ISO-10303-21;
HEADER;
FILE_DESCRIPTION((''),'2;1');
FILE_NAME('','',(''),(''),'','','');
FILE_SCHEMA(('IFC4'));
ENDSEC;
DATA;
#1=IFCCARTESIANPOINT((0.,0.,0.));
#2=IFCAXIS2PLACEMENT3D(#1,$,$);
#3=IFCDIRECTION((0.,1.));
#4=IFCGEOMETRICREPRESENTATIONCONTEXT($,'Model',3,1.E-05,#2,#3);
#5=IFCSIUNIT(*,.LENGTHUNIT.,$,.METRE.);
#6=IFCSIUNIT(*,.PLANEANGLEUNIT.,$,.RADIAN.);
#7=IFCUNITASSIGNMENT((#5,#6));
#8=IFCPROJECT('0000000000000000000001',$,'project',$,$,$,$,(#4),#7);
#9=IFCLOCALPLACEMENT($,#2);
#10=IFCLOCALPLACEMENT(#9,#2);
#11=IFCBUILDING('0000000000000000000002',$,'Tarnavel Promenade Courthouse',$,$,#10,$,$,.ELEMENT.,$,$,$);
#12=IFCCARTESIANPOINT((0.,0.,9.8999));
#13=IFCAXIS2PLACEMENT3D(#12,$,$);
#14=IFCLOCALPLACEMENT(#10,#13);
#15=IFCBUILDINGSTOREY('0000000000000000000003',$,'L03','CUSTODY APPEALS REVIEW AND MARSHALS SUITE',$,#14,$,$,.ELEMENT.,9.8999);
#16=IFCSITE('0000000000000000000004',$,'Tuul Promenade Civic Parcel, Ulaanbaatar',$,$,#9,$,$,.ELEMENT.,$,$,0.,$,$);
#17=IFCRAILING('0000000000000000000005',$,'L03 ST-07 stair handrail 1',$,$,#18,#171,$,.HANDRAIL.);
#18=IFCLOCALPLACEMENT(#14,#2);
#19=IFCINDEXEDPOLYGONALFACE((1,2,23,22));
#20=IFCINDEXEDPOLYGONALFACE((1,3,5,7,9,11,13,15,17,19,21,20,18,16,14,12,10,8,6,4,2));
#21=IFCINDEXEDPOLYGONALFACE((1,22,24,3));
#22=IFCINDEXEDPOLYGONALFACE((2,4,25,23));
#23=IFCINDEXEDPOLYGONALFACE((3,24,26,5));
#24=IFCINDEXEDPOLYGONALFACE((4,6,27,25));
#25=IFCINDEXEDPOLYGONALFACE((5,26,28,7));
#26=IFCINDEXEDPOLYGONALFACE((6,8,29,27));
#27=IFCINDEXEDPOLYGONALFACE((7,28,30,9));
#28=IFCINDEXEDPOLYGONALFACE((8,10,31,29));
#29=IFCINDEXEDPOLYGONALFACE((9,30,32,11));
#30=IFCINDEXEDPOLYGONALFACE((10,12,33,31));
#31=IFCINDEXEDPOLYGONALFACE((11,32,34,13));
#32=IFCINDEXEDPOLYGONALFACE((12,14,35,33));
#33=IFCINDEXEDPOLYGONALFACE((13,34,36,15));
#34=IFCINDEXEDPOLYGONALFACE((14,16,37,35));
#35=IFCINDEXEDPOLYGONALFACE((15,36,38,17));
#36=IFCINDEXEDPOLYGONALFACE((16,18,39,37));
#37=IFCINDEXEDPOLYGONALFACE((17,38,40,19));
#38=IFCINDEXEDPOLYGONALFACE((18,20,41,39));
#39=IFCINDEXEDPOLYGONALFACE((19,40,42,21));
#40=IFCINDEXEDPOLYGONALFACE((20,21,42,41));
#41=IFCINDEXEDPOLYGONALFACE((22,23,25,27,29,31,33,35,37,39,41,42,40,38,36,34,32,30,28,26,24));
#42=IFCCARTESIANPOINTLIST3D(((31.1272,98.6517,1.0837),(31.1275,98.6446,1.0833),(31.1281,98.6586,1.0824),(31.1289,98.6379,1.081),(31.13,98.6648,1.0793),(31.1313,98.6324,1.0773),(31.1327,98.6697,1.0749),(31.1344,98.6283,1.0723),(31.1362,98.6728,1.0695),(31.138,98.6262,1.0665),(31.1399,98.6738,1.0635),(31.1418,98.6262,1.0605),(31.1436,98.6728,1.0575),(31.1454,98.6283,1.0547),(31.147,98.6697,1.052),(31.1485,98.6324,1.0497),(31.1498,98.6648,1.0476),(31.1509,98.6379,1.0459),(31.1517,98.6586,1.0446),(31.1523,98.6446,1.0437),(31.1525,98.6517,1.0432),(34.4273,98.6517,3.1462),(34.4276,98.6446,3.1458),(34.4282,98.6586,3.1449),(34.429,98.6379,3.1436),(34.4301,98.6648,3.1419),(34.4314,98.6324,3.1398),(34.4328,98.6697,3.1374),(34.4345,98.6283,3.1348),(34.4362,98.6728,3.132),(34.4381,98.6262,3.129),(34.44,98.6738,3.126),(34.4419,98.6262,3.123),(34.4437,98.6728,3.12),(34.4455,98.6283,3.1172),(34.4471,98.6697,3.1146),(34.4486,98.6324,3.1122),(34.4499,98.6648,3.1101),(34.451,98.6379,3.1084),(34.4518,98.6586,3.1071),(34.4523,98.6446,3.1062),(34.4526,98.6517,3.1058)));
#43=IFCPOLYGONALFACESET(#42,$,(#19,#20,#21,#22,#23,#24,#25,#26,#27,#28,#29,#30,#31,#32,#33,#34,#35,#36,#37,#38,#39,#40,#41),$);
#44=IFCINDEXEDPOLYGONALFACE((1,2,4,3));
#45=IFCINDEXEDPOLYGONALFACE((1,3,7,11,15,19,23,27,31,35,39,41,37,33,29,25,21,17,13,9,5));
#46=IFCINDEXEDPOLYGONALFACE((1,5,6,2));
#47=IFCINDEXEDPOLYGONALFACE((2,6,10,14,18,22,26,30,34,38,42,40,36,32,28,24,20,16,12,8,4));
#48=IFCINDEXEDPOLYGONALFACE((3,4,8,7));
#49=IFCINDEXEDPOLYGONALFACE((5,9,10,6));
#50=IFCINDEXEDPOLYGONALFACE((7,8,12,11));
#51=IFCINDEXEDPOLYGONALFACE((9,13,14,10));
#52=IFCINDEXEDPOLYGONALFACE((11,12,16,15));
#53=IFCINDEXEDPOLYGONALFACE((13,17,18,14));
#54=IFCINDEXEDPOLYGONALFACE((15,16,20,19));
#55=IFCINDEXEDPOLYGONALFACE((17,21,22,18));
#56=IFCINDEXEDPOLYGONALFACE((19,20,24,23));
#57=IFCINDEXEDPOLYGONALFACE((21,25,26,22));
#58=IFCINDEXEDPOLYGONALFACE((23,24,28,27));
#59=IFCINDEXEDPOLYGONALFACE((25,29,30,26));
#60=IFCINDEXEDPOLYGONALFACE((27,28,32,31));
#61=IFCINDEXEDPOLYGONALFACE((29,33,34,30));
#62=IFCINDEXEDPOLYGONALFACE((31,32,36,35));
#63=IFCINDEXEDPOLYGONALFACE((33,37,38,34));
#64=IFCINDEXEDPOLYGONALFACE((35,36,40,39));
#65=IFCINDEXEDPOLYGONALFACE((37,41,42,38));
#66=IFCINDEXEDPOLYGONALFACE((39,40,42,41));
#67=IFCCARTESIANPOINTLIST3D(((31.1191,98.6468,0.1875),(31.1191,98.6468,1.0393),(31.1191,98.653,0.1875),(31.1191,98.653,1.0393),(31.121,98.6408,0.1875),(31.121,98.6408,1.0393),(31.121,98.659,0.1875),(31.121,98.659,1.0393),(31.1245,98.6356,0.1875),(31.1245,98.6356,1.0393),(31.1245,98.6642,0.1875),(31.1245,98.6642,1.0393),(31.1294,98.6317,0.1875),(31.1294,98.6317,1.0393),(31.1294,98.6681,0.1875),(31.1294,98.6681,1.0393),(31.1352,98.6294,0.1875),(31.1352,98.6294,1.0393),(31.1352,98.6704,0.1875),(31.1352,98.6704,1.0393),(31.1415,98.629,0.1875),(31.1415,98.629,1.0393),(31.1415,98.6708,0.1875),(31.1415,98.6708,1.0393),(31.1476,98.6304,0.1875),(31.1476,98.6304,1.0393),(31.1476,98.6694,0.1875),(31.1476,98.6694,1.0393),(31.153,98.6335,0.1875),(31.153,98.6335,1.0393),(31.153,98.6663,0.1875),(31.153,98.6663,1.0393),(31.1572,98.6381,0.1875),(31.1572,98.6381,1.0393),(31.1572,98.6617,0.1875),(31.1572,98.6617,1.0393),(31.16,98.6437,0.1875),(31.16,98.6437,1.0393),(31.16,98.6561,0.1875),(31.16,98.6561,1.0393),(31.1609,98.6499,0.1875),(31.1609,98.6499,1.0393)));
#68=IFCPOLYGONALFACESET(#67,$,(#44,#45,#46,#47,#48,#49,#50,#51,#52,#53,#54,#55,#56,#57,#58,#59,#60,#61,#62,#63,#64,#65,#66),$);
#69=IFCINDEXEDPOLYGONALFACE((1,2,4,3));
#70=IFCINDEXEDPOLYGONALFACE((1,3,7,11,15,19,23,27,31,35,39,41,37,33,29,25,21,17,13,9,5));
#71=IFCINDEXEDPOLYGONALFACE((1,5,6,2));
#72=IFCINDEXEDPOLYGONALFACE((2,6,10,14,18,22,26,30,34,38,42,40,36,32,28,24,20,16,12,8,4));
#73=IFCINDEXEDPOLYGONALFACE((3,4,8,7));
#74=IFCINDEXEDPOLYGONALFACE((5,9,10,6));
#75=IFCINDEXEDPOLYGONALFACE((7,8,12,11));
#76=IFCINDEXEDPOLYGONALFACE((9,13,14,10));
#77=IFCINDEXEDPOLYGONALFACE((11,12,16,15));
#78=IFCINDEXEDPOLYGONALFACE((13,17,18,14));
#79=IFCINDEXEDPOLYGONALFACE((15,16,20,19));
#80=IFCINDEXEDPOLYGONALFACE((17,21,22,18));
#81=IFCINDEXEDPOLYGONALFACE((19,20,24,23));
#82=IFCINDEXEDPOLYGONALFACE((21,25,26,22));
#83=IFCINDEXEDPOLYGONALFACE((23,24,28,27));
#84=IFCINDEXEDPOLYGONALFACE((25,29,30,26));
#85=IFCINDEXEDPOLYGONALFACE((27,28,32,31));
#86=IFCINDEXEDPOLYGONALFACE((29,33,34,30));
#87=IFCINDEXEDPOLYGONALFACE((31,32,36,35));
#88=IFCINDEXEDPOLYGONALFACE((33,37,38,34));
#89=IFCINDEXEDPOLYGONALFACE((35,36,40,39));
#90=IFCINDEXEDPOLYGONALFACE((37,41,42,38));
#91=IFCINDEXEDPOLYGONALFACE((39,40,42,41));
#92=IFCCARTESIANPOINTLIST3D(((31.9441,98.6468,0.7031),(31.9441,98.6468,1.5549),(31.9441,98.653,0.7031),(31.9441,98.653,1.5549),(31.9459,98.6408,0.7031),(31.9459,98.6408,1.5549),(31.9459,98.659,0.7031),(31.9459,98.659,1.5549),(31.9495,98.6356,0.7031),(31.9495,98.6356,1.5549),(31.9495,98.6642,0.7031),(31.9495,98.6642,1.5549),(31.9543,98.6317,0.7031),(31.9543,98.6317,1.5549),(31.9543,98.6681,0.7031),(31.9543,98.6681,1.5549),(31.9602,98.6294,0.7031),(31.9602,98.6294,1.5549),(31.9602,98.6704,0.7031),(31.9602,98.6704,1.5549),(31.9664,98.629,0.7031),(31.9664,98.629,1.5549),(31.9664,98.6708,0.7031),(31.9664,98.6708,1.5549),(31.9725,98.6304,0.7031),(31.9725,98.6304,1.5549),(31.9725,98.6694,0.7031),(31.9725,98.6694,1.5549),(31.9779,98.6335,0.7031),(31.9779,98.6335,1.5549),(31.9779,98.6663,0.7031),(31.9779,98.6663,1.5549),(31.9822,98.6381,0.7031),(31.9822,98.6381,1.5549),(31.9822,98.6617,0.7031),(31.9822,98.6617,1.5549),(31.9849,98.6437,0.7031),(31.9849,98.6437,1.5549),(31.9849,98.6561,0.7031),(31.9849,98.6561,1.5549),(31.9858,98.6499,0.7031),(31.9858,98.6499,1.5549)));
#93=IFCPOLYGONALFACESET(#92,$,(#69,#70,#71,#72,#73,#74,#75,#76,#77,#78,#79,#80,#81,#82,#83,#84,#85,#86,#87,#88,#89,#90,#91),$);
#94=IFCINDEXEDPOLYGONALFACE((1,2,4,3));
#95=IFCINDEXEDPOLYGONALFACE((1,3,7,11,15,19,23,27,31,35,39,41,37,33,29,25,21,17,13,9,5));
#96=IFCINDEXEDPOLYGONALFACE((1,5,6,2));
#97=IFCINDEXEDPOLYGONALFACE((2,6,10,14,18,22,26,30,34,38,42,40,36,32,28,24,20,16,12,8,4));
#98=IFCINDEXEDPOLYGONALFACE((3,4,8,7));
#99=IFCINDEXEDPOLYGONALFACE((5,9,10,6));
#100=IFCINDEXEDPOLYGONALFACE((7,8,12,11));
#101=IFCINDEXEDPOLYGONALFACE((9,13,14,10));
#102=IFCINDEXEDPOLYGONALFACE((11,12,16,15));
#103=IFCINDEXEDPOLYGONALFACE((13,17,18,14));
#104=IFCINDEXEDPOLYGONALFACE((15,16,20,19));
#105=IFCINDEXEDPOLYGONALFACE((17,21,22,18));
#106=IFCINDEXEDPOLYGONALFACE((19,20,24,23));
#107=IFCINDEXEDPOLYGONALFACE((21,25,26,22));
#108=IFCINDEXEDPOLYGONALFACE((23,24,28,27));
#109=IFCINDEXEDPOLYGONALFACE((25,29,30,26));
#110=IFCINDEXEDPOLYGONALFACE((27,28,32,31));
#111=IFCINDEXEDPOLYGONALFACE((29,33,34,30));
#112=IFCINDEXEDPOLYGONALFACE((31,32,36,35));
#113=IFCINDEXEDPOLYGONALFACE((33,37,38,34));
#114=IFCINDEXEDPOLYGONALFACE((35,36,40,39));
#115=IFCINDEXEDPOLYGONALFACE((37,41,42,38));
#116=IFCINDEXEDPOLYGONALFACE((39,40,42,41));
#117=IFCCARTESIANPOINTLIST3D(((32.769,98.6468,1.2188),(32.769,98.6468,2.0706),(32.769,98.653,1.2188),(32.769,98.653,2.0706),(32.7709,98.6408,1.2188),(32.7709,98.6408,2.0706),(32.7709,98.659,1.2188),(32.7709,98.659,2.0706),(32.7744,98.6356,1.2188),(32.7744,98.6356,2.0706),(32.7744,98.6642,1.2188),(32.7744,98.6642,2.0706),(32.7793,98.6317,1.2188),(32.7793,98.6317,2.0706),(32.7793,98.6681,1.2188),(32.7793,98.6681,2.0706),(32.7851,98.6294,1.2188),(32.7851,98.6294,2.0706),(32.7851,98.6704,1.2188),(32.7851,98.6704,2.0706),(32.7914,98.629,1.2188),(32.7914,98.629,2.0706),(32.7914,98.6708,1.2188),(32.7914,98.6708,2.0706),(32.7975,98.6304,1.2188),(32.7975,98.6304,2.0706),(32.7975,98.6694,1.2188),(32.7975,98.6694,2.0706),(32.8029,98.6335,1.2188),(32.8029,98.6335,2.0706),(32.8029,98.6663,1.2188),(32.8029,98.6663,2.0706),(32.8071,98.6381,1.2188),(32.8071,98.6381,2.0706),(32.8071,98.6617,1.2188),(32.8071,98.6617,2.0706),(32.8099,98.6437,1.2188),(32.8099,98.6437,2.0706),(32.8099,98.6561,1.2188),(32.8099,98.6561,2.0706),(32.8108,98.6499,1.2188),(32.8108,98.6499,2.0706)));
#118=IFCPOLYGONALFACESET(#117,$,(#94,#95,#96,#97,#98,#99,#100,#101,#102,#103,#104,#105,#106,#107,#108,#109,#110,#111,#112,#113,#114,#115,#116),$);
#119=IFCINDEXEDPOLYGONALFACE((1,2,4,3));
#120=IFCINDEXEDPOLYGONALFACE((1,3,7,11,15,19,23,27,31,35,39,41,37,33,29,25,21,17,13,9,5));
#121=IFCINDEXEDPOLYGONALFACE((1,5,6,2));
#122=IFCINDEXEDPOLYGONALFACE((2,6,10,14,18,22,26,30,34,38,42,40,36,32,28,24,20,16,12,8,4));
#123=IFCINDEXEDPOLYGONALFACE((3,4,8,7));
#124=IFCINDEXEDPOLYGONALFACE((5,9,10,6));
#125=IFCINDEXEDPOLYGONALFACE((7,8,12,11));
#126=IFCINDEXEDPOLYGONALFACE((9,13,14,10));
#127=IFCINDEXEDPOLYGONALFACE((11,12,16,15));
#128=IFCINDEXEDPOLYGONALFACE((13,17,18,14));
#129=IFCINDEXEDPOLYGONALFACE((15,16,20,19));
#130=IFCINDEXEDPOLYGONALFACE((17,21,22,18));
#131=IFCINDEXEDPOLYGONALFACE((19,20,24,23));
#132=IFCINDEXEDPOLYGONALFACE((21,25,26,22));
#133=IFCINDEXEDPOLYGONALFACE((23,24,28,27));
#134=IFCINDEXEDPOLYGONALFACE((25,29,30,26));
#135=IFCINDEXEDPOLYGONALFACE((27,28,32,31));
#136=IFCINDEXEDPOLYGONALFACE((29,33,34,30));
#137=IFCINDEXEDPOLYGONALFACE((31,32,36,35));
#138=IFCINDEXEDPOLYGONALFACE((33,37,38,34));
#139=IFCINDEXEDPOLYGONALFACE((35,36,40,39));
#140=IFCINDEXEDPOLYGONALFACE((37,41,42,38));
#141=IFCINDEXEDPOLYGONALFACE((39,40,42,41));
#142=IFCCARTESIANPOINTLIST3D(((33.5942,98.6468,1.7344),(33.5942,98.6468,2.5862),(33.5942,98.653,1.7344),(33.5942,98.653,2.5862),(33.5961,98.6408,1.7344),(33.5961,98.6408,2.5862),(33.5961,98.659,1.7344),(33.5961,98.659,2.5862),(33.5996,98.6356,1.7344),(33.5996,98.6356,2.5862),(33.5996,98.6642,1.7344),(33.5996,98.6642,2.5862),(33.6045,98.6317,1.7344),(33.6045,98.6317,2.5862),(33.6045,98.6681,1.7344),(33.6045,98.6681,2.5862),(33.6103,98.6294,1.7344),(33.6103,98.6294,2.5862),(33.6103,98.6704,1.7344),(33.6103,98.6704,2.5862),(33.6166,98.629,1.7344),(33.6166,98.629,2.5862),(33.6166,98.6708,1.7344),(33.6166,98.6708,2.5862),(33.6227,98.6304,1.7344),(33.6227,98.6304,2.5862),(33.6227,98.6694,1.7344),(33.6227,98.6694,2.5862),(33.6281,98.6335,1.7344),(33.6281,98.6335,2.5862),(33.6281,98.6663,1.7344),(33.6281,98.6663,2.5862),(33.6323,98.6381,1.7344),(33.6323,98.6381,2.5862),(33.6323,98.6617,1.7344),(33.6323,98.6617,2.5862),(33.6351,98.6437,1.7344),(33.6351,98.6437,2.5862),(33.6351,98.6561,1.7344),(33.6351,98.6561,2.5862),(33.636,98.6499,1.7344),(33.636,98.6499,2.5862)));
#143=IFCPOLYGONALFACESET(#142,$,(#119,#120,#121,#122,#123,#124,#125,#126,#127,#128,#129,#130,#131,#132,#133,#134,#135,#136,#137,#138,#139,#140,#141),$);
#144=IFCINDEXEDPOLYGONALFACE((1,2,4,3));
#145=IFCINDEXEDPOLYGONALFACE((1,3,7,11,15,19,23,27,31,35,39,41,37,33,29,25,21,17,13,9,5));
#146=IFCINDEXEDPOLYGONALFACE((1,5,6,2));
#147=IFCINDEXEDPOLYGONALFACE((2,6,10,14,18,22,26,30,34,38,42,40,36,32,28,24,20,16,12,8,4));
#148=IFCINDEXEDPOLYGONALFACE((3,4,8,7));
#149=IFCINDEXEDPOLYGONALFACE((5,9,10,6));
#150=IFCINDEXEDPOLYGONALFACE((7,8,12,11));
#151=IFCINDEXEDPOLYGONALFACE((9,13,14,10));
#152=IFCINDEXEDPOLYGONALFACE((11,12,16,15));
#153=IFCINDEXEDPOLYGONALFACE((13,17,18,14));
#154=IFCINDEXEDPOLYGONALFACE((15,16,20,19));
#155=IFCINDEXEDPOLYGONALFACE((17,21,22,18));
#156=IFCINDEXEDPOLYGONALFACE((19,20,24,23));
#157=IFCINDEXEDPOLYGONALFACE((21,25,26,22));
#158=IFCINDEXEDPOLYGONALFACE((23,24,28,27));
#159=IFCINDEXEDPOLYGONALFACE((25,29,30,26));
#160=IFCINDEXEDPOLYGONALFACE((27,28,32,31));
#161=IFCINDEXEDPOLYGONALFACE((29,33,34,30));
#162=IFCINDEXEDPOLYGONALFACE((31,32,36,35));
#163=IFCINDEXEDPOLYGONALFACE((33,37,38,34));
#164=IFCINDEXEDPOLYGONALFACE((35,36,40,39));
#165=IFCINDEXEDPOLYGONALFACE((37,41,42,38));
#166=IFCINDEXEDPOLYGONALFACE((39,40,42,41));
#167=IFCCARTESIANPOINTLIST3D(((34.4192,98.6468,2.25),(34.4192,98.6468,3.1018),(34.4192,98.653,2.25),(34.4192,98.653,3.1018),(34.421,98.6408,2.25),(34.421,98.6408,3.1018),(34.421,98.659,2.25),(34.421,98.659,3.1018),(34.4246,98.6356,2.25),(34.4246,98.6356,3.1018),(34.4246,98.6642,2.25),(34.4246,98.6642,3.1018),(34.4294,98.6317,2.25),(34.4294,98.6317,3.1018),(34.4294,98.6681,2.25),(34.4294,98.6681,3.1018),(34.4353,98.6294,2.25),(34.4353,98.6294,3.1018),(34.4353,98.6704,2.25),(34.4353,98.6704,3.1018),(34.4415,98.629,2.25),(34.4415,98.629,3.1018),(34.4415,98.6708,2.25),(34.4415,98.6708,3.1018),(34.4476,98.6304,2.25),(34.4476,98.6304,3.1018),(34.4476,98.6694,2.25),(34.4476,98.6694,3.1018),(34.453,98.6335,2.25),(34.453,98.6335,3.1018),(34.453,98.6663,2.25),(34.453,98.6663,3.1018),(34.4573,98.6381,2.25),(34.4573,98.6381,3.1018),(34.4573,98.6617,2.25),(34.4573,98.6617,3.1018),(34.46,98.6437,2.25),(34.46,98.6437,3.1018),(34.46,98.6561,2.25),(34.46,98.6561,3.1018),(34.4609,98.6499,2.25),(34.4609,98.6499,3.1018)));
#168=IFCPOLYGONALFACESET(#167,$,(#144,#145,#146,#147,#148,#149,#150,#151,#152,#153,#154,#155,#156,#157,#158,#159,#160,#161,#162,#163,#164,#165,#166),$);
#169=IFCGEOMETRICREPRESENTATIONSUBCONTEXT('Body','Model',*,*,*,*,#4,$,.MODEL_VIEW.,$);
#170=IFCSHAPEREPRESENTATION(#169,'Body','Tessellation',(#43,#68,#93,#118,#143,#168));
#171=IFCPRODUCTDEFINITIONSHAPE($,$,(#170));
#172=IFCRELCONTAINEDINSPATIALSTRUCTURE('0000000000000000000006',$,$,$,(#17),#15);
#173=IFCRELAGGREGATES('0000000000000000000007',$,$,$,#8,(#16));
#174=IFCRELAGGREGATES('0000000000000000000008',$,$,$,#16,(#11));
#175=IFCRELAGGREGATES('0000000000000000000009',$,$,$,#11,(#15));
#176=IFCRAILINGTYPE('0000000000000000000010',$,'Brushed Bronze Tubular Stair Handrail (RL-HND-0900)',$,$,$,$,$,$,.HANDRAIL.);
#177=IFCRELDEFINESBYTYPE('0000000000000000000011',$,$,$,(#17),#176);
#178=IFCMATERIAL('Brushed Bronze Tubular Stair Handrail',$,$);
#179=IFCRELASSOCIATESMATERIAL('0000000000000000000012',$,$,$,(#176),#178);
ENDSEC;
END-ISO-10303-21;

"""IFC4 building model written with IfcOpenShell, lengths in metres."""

from ifc_helpers import new_model, si_unit, direction, frame, origin, origin_2d, place, context, subcontext, project, spatial, circle, extrude, material, type_object, element, save


model = new_model("IFC4")

# Units and contexts
model_context = context("Model", 3, precision=1e-05, world=origin(), true_north=direction((0.0, 1.0)))
body_context = subcontext(model_context, "Body", "Model", "MODEL_VIEW")
ifc_project = project(units=[si_unit("LENGTHUNIT", "METRE"), si_unit("PLANEANGLEUNIT", "RADIAN")], contexts=[model_context])

# Site, building, storey
site_placement = place(None, origin())
site = spatial("IfcSite", under=ifc_project, at=site_placement, Name="Tuul Promenade Civic Parcel, Ulaanbaatar", CompositionType="ELEMENT", RefElevation=0.0)
building_placement = place(site_placement, origin())
building = spatial("IfcBuilding", under=site, at=building_placement, Name="Tarnavel Promenade Courthouse", CompositionType="ELEMENT")
storey_placement = place(building_placement, frame((0.0, 0.0, 9.8999)))
storey = spatial("IfcBuildingStorey", under=building, at=storey_placement, Name="L03", Description="CUSTODY APPEALS REVIEW AND MARSHALS SUITE", CompositionType="ELEMENT", Elevation=9.8999)

# Railing
ifc_material_1 = material(Name="Brushed Bronze Tubular Stair Handrail")
railing_type_1 = type_object("IfcRailingType", Name="Brushed Bronze Tubular Stair Handrail (RL-HND-0900)", PredefinedType="HANDRAIL", material=ifc_material_1)
railing_1_placement = place(storey_placement, frame((31.1399, 98.6499, 0.1875)))
element("IfcRailing", 1, at=railing_1_placement, inside=storey, type_object=railing_type_1, Name="L03 ST-07 stair handrail 1", PredefinedType="HANDRAIL", context=body_context, shape_type="SweptSolid", body=[
    extrude(circle(Radius=0.0239, at=origin_2d()), frame((0.0, 0.0, 0.876), z_axis=(0.848002, 0.0, 0.529993), x_axis=(0.0, 1.0, 0.0)), (0.0, 0.0, 1.0), 3.8916),
    extrude(circle(Radius=0.021, at=origin_2d()), origin(), (0.0, 0.0, 1.0), 0.8518),
    extrude(circle(Radius=0.021, at=origin_2d()), frame((0.825, 0.0, 0.5156)), (0.0, 0.0, 1.0), 0.8518),
    extrude(circle(Radius=0.021, at=origin_2d()), frame((1.6499, 0.0, 1.0312)), (0.0, 0.0, 1.0), 0.8518),
    extrude(circle(Radius=0.021, at=origin_2d()), frame((2.4751, 0.0, 1.5469)), (0.0, 0.0, 1.0), 0.8518),
    extrude(circle(Radius=0.021, at=origin_2d()), frame((3.3, 0.0, 2.0625)), (0.0, 0.0, 1.0), 0.8518),
])

save(model, "model.ifc")
